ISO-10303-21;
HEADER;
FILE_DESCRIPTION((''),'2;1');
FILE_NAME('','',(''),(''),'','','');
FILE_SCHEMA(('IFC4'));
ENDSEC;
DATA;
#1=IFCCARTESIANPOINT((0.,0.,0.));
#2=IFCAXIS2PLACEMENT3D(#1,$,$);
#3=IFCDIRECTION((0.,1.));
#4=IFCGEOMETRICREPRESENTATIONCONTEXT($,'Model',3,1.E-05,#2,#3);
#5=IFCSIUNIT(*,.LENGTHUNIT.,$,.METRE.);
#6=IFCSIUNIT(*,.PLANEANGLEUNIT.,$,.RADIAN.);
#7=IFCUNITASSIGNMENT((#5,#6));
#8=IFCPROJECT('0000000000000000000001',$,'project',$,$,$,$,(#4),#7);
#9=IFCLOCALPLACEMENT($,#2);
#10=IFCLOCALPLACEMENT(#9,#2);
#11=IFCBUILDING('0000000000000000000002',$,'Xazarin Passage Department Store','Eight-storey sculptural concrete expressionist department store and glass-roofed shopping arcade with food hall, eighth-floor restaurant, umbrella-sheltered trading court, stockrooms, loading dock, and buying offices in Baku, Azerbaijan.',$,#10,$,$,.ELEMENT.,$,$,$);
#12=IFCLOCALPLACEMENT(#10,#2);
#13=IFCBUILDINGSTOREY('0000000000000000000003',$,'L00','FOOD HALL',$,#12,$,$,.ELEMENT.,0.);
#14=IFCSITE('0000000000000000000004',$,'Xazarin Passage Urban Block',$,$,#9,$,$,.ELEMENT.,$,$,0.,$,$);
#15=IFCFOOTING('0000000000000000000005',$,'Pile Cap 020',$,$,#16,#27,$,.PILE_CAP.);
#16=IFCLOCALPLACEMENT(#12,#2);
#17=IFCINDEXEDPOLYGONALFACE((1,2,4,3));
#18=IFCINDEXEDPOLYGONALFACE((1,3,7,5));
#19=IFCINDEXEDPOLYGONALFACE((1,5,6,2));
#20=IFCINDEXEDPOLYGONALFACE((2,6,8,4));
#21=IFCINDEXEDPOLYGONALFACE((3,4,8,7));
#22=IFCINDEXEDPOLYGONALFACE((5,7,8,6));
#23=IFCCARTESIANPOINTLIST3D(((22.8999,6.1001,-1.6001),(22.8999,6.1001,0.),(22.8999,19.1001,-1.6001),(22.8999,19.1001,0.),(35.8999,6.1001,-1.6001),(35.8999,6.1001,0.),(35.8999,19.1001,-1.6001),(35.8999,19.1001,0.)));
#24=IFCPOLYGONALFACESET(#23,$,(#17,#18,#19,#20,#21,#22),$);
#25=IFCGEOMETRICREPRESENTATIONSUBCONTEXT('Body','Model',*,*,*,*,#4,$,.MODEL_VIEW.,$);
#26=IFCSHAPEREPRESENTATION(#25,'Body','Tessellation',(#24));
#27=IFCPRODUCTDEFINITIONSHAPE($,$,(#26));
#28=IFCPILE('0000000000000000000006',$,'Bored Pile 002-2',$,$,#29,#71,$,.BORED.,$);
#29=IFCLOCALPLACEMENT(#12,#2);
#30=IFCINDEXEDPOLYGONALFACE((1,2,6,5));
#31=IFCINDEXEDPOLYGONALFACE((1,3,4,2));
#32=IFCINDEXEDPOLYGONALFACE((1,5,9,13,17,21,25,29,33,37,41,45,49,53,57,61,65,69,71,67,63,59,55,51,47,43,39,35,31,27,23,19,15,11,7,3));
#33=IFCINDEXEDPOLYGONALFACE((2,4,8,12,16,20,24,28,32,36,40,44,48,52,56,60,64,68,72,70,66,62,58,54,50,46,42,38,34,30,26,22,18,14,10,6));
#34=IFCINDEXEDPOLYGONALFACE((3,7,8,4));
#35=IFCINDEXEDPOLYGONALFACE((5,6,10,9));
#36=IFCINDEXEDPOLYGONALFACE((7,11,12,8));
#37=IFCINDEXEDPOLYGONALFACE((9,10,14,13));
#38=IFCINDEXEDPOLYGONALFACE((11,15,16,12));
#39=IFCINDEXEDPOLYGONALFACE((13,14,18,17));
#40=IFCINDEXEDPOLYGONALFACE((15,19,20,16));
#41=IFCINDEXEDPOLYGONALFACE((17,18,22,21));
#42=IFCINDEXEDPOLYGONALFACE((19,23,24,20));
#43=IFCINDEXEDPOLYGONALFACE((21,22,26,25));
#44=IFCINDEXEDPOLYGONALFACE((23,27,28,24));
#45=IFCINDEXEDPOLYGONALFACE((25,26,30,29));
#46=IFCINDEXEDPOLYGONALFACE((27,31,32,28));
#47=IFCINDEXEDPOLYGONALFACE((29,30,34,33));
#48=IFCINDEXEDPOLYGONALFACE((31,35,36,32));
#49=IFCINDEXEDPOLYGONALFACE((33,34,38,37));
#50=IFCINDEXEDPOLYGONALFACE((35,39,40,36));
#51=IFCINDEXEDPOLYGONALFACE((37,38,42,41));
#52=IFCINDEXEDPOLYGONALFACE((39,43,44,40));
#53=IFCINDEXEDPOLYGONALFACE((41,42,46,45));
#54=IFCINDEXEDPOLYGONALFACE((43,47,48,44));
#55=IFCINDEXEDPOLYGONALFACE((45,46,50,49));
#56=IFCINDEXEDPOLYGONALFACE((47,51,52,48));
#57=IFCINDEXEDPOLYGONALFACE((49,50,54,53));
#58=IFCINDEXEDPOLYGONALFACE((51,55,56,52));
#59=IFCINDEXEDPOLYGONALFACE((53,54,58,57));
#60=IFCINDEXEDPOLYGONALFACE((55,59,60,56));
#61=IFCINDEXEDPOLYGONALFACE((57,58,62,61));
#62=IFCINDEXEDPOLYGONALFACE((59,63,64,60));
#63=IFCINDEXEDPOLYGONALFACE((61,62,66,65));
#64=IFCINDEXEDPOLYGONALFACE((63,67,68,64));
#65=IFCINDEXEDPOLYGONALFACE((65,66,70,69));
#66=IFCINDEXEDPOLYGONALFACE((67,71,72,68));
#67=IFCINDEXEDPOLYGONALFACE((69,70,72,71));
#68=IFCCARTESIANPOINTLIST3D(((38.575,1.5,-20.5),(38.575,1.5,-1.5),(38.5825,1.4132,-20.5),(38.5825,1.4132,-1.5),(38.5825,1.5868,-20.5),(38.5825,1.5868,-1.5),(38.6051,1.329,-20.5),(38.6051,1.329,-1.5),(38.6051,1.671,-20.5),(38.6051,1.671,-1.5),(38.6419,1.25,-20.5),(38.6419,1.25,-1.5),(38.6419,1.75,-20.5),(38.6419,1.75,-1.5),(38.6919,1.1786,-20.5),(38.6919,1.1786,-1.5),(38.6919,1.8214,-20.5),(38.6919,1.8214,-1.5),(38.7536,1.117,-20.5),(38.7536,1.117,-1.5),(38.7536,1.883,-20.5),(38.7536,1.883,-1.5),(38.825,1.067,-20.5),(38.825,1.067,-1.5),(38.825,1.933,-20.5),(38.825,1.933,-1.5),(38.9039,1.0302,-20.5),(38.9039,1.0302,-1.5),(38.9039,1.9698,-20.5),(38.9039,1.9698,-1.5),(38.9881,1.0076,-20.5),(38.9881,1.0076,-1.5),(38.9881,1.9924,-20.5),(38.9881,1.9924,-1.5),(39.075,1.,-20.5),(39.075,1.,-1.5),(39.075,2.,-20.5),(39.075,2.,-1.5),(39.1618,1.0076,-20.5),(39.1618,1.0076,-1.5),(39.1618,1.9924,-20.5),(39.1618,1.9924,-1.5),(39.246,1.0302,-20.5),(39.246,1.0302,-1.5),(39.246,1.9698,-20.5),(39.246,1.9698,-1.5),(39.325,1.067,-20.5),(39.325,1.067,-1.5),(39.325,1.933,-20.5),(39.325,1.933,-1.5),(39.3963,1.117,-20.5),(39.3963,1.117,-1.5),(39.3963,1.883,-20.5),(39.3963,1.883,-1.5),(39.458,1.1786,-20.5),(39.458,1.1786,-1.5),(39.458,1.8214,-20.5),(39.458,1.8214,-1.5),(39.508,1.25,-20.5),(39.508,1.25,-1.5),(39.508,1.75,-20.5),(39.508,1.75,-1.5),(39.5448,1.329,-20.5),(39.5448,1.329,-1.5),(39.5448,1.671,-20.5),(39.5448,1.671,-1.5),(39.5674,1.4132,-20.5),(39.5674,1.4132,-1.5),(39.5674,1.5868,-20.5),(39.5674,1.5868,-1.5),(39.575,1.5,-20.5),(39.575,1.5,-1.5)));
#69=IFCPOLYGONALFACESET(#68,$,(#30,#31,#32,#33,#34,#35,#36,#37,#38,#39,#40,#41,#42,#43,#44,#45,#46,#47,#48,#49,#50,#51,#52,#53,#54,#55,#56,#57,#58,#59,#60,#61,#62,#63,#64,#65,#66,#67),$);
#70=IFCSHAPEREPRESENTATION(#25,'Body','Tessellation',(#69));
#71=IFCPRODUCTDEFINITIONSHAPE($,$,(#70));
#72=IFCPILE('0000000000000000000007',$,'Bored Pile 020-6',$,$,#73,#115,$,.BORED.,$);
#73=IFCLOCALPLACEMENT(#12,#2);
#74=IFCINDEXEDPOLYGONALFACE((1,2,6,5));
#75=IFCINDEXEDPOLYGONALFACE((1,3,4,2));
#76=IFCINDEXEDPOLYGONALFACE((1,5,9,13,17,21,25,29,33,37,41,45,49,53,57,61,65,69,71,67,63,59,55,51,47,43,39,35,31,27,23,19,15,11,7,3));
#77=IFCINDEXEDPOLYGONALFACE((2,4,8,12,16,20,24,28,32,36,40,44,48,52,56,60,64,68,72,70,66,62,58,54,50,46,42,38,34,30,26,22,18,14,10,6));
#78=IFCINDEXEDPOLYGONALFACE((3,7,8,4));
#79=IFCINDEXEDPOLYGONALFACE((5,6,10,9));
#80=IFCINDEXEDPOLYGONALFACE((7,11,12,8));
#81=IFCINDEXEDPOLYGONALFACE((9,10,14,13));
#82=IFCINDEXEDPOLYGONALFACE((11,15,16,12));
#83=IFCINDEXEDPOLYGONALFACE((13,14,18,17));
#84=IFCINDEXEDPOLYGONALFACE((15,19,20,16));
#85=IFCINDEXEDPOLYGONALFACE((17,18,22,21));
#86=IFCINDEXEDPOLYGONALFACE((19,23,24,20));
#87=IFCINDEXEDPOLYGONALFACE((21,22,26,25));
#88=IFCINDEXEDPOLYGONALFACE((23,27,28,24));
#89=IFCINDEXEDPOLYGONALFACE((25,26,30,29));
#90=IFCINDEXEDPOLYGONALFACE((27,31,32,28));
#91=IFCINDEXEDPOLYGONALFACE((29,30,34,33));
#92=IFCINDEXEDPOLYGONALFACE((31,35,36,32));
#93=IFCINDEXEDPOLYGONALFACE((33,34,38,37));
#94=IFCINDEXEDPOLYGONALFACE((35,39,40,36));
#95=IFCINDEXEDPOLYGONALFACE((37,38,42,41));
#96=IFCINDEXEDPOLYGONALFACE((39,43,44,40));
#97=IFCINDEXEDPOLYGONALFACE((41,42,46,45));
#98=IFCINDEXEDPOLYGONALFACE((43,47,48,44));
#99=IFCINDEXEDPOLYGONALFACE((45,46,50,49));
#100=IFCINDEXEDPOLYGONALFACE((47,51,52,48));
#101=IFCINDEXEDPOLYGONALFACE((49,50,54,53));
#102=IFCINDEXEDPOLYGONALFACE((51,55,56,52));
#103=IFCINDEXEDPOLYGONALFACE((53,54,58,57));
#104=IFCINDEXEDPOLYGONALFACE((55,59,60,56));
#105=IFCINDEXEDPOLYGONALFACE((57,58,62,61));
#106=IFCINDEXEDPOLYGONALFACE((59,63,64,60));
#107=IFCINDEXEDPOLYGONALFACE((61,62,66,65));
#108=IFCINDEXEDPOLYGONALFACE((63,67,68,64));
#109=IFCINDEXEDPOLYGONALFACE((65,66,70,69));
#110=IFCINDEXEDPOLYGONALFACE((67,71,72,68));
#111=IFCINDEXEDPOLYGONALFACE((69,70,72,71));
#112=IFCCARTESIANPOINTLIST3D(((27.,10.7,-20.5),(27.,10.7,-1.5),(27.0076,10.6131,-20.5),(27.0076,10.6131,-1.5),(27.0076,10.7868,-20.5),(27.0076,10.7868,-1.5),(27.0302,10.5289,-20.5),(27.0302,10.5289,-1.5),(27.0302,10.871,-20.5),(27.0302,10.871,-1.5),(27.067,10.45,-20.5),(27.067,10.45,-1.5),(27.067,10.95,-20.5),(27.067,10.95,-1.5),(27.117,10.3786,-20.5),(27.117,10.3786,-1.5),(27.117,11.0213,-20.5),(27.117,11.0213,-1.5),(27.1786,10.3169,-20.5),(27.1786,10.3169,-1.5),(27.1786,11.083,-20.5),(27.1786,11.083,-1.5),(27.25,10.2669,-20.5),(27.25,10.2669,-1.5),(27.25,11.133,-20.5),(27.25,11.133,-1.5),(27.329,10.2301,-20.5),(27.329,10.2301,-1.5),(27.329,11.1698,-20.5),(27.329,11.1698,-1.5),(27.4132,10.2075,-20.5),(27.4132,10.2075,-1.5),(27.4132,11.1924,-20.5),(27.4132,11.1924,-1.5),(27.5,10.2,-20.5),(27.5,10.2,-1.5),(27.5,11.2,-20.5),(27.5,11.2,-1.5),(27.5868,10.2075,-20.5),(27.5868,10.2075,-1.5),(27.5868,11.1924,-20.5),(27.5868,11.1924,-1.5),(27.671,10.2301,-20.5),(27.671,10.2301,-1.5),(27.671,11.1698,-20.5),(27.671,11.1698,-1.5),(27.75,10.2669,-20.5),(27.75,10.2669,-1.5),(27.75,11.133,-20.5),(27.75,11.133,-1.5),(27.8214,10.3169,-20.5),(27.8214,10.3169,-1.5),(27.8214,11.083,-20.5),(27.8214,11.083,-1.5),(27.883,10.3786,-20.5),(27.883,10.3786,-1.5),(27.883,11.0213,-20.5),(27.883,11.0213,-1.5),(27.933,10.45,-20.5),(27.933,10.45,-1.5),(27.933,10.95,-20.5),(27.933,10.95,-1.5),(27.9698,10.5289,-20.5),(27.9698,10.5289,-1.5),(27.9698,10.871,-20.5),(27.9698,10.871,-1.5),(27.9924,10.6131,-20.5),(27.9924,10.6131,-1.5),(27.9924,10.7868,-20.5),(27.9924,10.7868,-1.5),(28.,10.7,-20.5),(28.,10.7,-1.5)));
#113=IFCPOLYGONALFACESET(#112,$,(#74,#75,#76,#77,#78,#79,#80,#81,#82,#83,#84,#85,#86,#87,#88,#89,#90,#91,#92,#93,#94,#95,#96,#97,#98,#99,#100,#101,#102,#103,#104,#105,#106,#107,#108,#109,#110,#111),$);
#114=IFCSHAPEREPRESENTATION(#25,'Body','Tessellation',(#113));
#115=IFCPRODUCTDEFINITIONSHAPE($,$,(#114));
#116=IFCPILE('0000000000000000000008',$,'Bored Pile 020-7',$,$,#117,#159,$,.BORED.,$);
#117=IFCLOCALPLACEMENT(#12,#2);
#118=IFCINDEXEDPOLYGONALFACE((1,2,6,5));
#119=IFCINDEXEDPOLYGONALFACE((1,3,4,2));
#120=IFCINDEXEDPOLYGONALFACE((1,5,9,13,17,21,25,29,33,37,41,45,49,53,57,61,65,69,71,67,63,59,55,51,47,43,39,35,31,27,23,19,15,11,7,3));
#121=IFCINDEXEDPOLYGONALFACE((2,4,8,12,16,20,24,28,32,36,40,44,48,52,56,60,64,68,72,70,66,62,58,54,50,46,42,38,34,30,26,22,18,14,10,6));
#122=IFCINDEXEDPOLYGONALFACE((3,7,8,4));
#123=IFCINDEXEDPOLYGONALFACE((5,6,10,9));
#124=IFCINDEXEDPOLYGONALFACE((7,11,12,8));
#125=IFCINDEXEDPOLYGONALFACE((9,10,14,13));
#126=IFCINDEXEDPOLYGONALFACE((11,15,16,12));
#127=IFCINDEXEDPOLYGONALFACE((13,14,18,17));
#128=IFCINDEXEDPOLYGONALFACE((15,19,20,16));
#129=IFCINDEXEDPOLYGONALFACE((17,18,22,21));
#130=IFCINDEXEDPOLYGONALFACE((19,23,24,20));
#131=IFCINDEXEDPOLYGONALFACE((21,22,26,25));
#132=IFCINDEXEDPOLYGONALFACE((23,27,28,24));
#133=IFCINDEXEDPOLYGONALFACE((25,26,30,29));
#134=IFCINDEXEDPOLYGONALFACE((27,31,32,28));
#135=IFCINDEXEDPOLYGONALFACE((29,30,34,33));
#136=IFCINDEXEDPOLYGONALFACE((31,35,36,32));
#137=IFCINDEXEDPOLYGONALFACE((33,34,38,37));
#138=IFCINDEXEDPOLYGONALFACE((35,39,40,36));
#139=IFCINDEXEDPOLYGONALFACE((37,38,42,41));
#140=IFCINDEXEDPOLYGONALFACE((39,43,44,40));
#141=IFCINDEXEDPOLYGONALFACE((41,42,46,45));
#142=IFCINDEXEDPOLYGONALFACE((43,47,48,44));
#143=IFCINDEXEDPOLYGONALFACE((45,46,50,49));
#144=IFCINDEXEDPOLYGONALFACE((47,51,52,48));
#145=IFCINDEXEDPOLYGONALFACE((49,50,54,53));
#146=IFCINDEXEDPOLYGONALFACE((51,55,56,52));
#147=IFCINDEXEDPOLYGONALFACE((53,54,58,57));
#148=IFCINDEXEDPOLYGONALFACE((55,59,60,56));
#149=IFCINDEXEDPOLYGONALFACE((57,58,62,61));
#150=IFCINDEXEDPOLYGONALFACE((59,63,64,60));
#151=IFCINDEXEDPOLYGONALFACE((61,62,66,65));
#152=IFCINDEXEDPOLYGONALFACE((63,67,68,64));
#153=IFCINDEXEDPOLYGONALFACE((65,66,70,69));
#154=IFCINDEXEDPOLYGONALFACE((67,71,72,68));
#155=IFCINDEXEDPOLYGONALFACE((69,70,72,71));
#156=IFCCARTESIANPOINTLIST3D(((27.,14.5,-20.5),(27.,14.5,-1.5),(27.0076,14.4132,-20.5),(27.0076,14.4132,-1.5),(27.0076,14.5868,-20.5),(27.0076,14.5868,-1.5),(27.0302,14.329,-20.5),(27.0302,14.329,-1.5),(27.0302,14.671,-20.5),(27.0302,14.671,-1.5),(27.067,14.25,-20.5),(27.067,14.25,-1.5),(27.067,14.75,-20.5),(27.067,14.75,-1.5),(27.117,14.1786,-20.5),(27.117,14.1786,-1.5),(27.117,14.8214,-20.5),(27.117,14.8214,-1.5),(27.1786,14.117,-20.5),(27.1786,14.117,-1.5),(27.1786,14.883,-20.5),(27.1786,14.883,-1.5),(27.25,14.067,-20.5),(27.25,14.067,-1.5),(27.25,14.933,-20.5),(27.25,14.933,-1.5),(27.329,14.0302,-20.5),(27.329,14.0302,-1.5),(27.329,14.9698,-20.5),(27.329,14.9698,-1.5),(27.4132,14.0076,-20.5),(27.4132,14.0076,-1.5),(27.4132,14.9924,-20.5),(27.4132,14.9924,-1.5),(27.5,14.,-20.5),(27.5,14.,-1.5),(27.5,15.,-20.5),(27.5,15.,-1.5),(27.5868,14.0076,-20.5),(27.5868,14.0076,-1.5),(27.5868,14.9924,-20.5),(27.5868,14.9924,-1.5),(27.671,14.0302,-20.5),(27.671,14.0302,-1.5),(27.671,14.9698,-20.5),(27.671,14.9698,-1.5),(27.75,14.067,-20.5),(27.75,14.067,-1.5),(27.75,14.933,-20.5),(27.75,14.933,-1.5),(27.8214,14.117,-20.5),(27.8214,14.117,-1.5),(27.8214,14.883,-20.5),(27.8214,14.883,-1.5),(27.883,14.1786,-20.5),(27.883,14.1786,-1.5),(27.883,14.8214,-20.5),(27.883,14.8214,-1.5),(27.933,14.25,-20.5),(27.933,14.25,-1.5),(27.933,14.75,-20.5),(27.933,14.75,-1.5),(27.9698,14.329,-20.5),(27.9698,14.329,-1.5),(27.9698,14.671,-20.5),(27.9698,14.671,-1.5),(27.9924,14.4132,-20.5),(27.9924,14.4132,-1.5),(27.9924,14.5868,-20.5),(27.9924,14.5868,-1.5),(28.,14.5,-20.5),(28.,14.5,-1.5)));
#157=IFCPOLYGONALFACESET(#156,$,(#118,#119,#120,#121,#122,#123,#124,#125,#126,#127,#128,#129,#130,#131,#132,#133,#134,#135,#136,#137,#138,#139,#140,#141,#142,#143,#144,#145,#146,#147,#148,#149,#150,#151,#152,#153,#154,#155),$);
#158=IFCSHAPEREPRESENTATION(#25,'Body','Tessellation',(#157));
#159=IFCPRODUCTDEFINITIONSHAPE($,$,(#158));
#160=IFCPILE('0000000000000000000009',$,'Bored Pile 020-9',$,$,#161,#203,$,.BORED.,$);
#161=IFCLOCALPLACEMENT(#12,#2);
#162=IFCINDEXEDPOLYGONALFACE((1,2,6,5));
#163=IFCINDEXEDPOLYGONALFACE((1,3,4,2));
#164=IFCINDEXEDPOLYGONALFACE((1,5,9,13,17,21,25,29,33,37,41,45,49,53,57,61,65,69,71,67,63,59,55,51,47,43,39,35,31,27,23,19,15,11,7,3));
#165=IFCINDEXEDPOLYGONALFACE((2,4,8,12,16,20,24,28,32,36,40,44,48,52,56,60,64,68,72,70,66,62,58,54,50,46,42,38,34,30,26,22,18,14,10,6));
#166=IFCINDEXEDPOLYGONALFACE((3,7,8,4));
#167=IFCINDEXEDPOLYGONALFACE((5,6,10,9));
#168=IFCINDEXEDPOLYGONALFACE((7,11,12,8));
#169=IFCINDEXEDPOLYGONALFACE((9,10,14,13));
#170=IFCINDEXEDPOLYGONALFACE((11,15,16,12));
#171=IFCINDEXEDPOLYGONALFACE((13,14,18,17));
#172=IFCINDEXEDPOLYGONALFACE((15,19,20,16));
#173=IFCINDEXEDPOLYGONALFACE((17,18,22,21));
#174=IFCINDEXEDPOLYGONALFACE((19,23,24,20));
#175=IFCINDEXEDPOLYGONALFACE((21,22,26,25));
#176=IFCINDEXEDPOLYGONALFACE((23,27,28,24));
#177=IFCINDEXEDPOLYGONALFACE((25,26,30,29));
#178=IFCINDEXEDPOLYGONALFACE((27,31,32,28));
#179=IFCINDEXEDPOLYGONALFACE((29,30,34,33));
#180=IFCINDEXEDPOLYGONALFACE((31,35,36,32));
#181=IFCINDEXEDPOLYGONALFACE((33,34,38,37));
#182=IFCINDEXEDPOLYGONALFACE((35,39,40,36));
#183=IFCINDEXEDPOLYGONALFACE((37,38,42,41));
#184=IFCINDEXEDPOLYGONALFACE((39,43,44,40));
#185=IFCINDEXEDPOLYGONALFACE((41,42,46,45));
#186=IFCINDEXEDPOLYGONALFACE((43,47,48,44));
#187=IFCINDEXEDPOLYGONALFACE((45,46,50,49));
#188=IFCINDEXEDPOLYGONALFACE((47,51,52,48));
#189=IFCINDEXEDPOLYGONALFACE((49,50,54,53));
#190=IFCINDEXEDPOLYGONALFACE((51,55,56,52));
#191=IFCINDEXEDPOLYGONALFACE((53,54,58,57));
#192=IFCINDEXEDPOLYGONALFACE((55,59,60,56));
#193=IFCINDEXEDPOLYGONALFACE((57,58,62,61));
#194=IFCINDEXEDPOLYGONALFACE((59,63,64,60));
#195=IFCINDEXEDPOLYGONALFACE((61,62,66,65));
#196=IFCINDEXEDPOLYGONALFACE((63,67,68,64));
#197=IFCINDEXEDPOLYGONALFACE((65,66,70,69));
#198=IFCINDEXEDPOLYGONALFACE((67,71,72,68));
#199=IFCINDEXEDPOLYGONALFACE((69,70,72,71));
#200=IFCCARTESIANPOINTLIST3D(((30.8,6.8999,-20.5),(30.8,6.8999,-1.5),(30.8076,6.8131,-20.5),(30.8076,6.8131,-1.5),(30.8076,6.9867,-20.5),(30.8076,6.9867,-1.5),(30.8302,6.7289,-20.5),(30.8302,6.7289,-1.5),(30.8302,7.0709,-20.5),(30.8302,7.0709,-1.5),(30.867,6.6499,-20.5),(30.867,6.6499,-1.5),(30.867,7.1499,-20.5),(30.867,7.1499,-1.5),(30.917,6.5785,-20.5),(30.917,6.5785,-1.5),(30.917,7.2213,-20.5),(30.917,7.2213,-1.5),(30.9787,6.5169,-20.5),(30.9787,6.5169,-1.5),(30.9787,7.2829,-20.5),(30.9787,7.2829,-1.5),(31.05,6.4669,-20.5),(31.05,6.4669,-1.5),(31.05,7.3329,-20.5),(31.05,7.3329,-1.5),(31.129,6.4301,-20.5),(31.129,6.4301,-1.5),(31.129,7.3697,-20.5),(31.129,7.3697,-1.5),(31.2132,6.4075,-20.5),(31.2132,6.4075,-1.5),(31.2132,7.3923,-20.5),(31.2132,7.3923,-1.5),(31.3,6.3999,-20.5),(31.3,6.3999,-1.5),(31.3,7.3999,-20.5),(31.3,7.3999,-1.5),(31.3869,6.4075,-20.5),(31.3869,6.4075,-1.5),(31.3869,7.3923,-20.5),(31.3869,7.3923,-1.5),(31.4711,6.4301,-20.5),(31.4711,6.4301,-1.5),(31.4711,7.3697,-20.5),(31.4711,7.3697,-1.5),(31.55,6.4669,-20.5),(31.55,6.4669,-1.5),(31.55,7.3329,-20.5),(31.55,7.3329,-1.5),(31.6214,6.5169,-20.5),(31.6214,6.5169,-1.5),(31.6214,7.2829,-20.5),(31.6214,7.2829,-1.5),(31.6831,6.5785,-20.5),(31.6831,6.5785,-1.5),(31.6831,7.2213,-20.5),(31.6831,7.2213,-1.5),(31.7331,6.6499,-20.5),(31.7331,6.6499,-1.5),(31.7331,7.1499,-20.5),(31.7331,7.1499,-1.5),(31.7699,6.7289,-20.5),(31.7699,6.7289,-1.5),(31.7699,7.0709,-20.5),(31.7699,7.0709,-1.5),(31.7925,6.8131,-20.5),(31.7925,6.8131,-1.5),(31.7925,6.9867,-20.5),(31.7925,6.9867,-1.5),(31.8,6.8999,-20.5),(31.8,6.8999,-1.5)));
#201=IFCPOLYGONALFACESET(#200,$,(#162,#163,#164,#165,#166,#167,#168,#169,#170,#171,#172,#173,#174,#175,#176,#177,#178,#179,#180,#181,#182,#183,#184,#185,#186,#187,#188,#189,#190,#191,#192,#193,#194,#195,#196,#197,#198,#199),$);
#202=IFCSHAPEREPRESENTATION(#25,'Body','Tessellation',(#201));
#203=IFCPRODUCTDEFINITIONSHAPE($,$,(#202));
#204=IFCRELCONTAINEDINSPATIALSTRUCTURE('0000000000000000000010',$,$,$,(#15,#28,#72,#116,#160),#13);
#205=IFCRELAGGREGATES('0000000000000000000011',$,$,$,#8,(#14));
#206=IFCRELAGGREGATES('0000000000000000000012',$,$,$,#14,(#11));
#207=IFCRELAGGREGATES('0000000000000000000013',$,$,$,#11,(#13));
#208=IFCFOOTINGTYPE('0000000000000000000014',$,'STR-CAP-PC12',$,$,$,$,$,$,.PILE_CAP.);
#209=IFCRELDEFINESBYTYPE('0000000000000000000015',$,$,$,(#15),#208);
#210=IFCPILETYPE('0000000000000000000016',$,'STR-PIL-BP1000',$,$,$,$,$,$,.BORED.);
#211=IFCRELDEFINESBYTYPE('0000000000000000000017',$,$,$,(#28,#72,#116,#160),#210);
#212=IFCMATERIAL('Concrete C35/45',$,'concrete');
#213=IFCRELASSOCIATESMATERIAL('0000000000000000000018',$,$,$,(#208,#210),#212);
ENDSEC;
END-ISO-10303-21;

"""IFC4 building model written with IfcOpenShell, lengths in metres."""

from ifc_helpers import new_model, si_unit, direction, frame, origin, origin_2d, place, context, subcontext, project, spatial, rectangle, circle, extrude, material, material_profile, profile_set, type_object, element, save


model = new_model("IFC4")

# Units and contexts
model_context = context("Model", 3, precision=1e-05, world=origin(), true_north=direction((0.0, 1.0)))
body_context = subcontext(model_context, "Body", "Model", "MODEL_VIEW")
ifc_project = project(units=[si_unit("LENGTHUNIT", "METRE"), si_unit("PLANEANGLEUNIT", "RADIAN")], contexts=[model_context])

# Site, building, storey
site_placement = place(None, origin())
site = spatial("IfcSite", under=ifc_project, at=site_placement, Name="Xazarin Passage Urban Block", CompositionType="ELEMENT", RefElevation=0.0)
building_placement = place(site_placement, origin())
building = spatial("IfcBuilding", under=site, at=building_placement, Name="Xazarin Passage Department Store", Description="Eight-storey sculptural concrete expressionist department store and glass-roofed shopping arcade with food hall, eighth-floor restaurant, umbrella-sheltered trading court, stockrooms, loading dock, and buying offices in Baku, Azerbaijan.", CompositionType="ELEMENT")
storey_placement = place(building_placement, origin())
storey = spatial("IfcBuildingStorey", under=building, at=storey_placement, Name="L00", Description="FOOD HALL", CompositionType="ELEMENT", Elevation=0.0)

# Footing
ifc_material_1 = material(Name="Concrete C35/45", Category="concrete")
footing_type = type_object("IfcFootingType", Name="STR-CAP-PC12", PredefinedType="PILE_CAP", material=ifc_material_1)
footing_placement = place(storey_placement, frame((29.3999, 12.6001, -1.6001), z_axis=(0.0, 0.0, 1.0), x_axis=(1.0, 0.0, 0.0)))
element("IfcFooting", 1, at=footing_placement, inside=storey, type_object=footing_type, Name="Pile Cap 020", PredefinedType="PILE_CAP", context=body_context, shape_type="SweptSolid", body=[
    extrude(rectangle(XDim=13.0, YDim=13.0, at=origin_2d()), origin(), (0.0, 0.0, 1.0), 1.6001),
])

# Piles
ifc_material_profile_1 = material_profile(ifc_material_1, circle(Radius=0.5, at=origin_2d()), Name="BP 1000")
ifc_profile_set_1 = profile_set([ifc_material_profile_1], Name="Concrete C35/45")
pile_type_1 = type_object("IfcPileType", Name="STR-PIL-BP1000", PredefinedType="BORED", material=ifc_profile_set_1)
for number, where, z_axis, x_axis, name in (
    (2, (39.075, 1.5, -1.5), (0.0, 0.0, -1.0), (1.0, 0.0, 0.0), "Bored Pile 002-2"),
    (3, (27.5, 10.7, -1.5), (0.0, 0.0, -1.0), (1.0, 0.0, 0.0), "Bored Pile 020-6"),
    (4, (27.5, 14.5, -1.5), (0.0, 0.0, -1.0), (1.0, 0.0, 0.0), "Bored Pile 020-7"),
    (5, (31.3, 6.8999, -1.5), (0.0, 0.0, -1.0), (1.0, 0.0, 0.0), "Bored Pile 020-9"),
):
    element("IfcPile", number, at=place(storey_placement, frame(where, z_axis=z_axis, x_axis=x_axis)), inside=storey, type_object=pile_type_1, Name=name, PredefinedType="BORED", context=body_context, shape_type="SweptSolid", body=[
        extrude(circle(Radius=0.5, at=origin_2d()), origin(), (0.0, 0.0, 1.0), 19.0),
    ])

save(model, "model.ifc")
